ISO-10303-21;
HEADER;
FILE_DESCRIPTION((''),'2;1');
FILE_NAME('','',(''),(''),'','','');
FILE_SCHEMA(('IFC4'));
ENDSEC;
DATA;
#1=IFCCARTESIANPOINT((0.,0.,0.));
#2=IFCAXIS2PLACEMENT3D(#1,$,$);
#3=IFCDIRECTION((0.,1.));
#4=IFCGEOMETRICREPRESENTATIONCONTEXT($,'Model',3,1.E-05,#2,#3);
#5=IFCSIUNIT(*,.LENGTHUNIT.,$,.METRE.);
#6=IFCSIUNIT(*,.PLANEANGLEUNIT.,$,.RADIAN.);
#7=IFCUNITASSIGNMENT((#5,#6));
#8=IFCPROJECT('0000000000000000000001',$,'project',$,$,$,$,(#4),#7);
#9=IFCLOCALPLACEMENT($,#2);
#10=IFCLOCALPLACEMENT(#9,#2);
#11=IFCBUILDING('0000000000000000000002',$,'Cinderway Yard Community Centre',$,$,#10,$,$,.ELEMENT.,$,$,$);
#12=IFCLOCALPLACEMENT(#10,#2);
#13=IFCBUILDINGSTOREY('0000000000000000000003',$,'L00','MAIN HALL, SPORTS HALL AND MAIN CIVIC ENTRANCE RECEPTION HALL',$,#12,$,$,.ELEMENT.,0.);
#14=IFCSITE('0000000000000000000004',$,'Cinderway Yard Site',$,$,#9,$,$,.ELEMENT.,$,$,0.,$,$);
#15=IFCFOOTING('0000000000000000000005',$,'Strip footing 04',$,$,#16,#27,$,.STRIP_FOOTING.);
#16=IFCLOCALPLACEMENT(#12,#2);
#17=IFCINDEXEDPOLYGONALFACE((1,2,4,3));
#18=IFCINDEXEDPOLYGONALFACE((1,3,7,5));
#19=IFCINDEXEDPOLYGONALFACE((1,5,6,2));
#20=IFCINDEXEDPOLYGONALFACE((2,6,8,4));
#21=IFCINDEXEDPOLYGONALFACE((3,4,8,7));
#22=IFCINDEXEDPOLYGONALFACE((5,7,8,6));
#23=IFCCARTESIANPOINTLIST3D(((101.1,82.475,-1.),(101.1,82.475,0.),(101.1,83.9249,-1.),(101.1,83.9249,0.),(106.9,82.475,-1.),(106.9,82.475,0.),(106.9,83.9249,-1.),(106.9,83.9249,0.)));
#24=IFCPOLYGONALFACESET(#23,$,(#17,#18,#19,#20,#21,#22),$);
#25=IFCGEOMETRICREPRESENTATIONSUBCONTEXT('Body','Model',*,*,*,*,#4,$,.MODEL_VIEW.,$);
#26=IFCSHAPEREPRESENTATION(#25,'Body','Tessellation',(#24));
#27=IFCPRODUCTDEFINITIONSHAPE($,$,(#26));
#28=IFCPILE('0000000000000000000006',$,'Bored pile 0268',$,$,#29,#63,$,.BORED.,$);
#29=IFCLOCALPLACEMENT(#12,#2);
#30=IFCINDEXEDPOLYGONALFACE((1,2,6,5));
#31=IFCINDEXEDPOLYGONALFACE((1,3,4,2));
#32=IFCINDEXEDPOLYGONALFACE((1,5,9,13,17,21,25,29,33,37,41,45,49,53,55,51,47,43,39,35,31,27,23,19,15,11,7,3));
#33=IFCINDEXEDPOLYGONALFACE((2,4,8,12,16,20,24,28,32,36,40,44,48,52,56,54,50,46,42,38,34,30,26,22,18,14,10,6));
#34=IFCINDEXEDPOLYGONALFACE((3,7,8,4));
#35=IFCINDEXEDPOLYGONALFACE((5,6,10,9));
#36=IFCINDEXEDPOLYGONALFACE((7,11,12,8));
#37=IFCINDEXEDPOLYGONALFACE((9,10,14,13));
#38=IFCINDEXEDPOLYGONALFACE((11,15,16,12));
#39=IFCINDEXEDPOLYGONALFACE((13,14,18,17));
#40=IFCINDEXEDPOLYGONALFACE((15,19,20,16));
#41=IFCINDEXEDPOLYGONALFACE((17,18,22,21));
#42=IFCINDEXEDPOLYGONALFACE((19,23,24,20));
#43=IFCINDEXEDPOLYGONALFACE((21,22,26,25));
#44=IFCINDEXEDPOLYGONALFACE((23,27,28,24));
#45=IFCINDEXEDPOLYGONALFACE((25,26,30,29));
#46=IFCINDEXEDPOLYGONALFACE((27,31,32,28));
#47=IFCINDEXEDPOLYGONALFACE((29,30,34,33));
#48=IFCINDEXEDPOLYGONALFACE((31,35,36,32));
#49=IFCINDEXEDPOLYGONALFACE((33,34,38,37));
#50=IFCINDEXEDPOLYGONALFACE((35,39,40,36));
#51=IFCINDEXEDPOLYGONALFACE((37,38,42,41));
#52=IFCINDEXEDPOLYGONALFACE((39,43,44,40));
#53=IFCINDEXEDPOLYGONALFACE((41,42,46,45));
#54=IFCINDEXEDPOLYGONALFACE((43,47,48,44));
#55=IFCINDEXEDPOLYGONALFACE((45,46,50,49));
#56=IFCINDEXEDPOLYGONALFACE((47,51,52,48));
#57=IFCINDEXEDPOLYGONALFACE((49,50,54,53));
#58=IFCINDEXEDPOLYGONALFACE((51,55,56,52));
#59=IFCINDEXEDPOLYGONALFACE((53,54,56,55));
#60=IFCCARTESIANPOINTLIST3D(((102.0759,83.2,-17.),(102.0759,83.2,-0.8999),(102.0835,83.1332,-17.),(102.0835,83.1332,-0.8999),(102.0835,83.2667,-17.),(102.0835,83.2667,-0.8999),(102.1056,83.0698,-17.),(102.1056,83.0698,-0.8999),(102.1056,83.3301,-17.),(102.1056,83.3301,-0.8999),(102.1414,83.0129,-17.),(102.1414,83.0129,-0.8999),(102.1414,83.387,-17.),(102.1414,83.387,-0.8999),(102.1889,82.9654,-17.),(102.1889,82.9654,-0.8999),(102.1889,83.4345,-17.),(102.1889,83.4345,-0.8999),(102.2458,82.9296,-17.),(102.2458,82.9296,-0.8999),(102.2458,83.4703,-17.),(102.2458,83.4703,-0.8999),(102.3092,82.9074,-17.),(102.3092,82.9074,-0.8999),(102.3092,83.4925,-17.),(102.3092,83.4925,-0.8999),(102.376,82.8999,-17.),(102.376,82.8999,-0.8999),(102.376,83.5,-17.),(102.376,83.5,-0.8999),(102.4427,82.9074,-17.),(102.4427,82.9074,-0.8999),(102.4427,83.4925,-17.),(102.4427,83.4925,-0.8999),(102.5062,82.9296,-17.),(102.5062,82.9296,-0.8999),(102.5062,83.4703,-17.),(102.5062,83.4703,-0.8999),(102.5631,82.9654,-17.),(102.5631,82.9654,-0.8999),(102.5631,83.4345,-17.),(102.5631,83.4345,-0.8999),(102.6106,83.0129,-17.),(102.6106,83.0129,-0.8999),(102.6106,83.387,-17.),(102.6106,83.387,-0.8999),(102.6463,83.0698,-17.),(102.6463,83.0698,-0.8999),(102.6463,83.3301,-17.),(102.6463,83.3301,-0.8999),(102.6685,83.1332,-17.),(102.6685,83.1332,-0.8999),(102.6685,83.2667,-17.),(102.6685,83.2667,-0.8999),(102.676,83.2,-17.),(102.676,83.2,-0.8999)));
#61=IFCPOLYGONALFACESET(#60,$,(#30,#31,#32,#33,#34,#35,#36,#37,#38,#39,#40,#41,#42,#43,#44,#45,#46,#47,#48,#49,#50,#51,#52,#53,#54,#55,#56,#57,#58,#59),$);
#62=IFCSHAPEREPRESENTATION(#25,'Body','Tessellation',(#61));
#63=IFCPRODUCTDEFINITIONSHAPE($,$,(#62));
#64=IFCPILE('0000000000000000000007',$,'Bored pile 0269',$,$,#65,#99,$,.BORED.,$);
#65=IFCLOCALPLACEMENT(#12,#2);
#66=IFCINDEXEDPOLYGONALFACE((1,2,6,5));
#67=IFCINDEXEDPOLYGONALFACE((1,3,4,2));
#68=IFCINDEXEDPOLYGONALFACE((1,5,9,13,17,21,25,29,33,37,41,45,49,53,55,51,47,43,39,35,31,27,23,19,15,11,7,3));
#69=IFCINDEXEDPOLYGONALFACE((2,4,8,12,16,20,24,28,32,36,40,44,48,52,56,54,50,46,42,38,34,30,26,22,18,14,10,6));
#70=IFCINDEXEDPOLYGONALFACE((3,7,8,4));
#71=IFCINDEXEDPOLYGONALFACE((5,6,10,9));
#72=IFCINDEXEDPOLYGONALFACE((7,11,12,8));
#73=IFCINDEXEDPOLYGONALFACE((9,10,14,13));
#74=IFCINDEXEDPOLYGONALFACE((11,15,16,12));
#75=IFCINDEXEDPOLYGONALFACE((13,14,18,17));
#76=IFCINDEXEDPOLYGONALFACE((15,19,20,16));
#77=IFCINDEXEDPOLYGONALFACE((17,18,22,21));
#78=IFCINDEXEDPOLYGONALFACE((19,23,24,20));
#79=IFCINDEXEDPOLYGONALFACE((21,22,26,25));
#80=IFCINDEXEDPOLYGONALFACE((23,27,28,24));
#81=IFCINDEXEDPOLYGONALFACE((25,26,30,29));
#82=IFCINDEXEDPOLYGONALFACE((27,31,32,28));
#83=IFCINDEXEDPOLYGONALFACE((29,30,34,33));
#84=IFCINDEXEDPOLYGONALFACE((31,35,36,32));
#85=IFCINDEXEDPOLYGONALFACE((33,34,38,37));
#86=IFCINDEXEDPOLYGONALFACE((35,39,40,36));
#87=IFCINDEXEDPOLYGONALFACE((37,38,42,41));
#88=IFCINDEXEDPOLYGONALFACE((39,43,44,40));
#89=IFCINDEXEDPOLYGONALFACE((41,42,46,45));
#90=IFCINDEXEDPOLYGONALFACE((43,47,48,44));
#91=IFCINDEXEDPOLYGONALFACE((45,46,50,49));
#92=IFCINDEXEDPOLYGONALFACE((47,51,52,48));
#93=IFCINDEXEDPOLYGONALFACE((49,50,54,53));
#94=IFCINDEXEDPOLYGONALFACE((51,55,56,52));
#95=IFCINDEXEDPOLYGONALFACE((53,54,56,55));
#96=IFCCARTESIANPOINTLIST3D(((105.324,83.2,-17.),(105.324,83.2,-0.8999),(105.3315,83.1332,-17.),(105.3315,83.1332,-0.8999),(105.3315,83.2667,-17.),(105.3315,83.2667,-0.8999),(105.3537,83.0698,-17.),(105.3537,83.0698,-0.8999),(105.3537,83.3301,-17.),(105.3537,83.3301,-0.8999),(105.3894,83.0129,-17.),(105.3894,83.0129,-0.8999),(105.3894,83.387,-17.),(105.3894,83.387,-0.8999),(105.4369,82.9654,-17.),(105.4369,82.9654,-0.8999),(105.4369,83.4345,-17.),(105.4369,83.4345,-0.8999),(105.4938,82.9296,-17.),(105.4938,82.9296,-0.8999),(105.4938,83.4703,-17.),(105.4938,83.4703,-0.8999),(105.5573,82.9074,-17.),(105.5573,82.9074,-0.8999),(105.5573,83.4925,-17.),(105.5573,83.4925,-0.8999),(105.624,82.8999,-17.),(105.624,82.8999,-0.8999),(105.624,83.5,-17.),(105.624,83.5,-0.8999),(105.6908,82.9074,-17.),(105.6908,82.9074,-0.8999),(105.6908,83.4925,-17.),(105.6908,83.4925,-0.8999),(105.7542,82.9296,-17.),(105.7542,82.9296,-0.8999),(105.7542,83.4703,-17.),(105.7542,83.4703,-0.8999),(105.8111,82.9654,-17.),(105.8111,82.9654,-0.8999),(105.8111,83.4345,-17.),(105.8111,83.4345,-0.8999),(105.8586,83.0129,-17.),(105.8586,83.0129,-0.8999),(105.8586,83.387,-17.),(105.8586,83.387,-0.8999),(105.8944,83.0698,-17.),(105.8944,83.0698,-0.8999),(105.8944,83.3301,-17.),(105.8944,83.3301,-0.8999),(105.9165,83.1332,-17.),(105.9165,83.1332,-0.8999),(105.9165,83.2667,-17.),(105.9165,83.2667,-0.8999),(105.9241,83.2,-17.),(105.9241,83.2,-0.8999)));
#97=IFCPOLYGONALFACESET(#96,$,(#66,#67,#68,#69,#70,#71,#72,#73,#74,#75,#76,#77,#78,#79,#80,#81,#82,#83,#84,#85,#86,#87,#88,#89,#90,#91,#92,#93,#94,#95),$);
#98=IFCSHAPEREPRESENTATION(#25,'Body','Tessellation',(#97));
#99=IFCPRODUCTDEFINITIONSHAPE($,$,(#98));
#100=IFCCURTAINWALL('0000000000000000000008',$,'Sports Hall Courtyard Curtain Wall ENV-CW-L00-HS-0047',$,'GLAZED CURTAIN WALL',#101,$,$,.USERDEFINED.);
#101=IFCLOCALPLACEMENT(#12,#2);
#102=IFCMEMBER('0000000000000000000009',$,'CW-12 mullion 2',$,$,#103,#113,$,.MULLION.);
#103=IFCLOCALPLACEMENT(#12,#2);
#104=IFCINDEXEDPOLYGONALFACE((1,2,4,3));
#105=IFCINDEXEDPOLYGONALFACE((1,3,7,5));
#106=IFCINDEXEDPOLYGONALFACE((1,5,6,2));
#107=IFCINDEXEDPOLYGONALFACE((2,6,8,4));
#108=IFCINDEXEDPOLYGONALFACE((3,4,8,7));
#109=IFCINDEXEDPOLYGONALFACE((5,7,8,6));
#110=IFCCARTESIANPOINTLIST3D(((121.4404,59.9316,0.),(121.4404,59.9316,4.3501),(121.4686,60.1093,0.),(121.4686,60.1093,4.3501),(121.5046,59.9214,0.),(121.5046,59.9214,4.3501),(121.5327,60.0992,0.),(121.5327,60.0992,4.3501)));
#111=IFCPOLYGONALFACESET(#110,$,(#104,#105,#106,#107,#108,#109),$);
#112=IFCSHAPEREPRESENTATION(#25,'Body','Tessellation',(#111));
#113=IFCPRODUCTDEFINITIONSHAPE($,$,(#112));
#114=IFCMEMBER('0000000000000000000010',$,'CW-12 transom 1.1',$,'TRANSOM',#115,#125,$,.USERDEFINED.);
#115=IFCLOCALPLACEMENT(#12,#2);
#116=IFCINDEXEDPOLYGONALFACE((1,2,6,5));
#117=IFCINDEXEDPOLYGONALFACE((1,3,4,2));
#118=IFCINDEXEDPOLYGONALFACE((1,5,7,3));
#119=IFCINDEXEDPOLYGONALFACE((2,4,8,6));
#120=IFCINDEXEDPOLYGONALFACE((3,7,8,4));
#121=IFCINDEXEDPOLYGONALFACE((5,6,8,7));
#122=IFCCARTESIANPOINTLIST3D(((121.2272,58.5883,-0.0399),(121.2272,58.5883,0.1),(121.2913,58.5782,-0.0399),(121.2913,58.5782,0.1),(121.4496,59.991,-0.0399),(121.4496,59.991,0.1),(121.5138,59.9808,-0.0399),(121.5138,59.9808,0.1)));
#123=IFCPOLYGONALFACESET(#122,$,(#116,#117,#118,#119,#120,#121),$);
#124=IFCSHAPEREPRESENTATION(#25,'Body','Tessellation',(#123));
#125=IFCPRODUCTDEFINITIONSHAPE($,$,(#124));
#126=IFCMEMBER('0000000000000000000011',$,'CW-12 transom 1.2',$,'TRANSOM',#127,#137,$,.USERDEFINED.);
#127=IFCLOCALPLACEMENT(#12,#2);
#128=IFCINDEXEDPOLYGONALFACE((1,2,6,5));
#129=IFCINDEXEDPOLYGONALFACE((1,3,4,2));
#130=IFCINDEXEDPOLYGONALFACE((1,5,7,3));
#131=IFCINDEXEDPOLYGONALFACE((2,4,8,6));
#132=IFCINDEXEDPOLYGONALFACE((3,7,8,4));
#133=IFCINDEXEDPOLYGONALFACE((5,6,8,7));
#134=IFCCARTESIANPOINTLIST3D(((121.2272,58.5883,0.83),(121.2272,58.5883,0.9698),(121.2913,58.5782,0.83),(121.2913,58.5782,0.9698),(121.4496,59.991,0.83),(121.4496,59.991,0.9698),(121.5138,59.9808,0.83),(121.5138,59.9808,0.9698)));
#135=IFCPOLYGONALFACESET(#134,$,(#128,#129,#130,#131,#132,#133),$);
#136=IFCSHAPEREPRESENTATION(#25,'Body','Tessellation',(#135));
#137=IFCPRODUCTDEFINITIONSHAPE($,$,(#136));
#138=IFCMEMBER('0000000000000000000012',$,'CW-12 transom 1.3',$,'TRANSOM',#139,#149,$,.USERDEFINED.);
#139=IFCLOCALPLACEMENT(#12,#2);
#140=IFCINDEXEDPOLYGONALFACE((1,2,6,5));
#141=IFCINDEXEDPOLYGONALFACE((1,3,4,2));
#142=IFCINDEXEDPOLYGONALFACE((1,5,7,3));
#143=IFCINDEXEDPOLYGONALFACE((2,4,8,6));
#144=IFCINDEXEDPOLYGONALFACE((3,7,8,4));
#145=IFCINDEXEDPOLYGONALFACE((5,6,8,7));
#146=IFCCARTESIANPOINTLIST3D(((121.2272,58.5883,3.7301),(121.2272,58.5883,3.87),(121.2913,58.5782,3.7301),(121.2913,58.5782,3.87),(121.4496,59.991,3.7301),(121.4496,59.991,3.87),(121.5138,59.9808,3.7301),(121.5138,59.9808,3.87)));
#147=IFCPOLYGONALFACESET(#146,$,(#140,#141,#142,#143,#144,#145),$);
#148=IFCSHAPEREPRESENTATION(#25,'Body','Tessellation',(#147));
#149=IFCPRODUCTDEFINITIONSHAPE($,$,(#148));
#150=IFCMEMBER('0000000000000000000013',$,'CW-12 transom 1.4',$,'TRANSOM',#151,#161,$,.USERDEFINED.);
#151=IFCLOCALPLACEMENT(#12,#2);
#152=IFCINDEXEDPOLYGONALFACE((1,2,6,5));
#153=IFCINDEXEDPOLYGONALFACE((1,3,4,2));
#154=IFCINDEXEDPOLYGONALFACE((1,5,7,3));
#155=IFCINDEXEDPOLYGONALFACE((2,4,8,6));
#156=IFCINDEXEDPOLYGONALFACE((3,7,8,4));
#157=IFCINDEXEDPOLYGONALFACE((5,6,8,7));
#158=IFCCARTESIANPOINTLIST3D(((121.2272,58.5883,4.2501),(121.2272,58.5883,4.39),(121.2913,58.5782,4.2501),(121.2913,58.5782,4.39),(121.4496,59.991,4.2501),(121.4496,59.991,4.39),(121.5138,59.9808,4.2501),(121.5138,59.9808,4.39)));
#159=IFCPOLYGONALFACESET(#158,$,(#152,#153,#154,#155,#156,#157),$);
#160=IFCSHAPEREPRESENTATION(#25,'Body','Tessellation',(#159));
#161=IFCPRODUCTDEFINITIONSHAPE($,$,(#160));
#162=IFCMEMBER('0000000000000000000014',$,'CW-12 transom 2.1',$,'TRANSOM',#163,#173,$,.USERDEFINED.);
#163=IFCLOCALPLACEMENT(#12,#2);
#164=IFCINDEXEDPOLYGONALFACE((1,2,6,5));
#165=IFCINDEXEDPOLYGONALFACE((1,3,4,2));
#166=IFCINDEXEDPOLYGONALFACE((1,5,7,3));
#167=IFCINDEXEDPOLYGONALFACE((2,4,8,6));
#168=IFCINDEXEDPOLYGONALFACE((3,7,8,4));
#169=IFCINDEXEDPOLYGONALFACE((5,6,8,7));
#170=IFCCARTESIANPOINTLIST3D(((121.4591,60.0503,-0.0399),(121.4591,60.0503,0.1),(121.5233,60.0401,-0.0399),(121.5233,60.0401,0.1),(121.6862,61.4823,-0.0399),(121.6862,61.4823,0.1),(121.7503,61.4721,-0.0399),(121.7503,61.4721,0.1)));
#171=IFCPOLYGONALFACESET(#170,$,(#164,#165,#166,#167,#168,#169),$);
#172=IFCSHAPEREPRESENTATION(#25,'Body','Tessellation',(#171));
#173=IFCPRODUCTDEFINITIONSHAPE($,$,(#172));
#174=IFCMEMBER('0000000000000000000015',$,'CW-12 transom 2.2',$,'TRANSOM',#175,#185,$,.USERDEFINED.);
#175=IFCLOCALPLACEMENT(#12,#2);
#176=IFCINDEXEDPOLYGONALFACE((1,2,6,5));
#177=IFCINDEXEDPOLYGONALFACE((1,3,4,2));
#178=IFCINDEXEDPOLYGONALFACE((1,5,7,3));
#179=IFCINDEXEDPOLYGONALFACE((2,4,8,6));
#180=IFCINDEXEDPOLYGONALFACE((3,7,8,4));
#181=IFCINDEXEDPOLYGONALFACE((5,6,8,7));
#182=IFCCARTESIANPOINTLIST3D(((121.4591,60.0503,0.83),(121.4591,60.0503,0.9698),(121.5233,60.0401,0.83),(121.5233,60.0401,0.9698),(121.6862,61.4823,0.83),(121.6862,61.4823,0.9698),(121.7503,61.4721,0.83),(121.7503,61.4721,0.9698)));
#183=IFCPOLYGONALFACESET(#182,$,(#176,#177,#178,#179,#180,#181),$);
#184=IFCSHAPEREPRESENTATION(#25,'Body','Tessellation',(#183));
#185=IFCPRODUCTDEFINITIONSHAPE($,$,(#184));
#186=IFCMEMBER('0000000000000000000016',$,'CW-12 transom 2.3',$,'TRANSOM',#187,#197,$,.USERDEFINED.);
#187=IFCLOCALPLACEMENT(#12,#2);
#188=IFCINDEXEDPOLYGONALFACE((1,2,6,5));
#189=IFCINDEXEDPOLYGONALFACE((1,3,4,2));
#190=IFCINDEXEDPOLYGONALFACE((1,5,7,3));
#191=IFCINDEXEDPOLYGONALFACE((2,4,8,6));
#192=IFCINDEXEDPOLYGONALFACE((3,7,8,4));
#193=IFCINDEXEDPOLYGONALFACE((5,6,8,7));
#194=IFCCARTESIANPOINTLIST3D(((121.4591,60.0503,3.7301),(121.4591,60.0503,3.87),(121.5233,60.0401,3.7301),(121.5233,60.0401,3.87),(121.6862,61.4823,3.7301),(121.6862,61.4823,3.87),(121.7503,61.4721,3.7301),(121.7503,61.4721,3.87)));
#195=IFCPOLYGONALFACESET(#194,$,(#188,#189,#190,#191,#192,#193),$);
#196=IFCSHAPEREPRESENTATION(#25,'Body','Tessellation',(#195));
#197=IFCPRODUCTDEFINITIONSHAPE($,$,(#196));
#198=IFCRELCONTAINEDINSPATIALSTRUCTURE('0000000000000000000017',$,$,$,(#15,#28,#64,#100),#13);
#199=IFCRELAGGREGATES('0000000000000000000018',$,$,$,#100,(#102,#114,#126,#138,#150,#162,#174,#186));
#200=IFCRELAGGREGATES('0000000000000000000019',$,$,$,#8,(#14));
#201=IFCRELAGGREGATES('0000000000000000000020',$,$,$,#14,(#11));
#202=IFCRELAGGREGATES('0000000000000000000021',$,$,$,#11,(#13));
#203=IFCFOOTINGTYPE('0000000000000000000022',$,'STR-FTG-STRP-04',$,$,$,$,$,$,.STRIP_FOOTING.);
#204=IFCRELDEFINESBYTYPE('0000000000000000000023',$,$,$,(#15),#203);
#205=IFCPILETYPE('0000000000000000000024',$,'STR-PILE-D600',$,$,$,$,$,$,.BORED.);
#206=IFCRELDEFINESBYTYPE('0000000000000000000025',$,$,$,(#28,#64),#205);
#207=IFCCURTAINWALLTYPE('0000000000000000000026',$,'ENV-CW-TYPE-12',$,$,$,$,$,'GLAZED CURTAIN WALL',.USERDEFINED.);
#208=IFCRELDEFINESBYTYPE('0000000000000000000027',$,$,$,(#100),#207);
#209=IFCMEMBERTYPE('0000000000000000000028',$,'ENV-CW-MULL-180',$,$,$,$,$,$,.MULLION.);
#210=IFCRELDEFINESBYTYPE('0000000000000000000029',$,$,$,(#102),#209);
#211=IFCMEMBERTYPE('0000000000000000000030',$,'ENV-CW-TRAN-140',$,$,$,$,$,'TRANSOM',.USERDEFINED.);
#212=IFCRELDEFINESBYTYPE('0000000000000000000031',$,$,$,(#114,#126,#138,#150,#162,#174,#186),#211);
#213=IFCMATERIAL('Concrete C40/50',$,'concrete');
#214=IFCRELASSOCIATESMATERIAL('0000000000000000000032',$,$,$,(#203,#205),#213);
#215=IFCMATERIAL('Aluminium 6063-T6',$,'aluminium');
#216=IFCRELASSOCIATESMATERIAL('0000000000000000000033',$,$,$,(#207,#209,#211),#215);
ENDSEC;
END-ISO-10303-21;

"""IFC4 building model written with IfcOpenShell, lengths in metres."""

from ifc_helpers import new_model, si_unit, direction, frame, origin, origin_2d, place, context, subcontext, project, spatial, rectangle, circle, extrude, material, material_profile, profile_set, type_object, element, aggregate, save


model = new_model("IFC4")

# Units and contexts
model_context = context("Model", 3, precision=1e-05, world=origin(), true_north=direction((0.0, 1.0)))
body_context = subcontext(model_context, "Body", "Model", "MODEL_VIEW")
ifc_project = project(units=[si_unit("LENGTHUNIT", "METRE"), si_unit("PLANEANGLEUNIT", "RADIAN")], contexts=[model_context])

# Site, building, storey
site_placement = place(None, origin())
site = spatial("IfcSite", under=ifc_project, at=site_placement, Name="Cinderway Yard Site", CompositionType="ELEMENT", RefElevation=0.0)
building_placement = place(site_placement, origin())
building = spatial("IfcBuilding", under=site, at=building_placement, Name="Cinderway Yard Community Centre", CompositionType="ELEMENT")
storey_placement = place(building_placement, origin())
storey = spatial("IfcBuildingStorey", under=building, at=storey_placement, Name="L00", Description="MAIN HALL, SPORTS HALL AND MAIN CIVIC ENTRANCE RECEPTION HALL", CompositionType="ELEMENT", Elevation=0.0)

# Footing
ifc_material_1 = material(Name="Concrete C40/50", Category="concrete")
footing_type = type_object("IfcFootingType", Name="STR-FTG-STRP-04", PredefinedType="STRIP_FOOTING", material=ifc_material_1)
footing_placement = place(storey_placement, frame((104.0, 83.2, -1.0), z_axis=(0.0, 0.0, 1.0), x_axis=(1.0, 0.0, 0.0)))
element("IfcFooting", 1, at=footing_placement, inside=storey, type_object=footing_type, Name="Strip footing 04", PredefinedType="STRIP_FOOTING", context=body_context, shape_type="SweptSolid", body=[
    extrude(rectangle(XDim=5.8, YDim=1.45, at=origin_2d()), origin(), (0.0, 0.0, 1.0), 1.0),
])

# Piles
ifc_material_profile_1 = material_profile(ifc_material_1, circle(Radius=0.3, at=origin_2d()), Name="Concrete C40/50")
ifc_profile_set_1 = profile_set([ifc_material_profile_1], Name="Concrete C40/50")
pile_type = type_object("IfcPileType", Name="STR-PILE-D600", PredefinedType="BORED", material=ifc_profile_set_1)
for number, where, z_axis, x_axis, name in (
    (2, (102.376, 83.2, -0.8999), (0.0, 0.0, -1.0), (1.0, 0.0, 0.0), "Bored pile 0268"),
    (3, (105.624, 83.2, -0.8999), (0.0, 0.0, -1.0), (1.0, 0.0, 0.0), "Bored pile 0269"),
):
    element("IfcPile", number, at=place(storey_placement, frame(where, z_axis=z_axis, x_axis=x_axis)), inside=storey, type_object=pile_type, Name=name, PredefinedType="BORED", context=body_context, shape_type="SweptSolid", body=[
        extrude(circle(Radius=0.3, at=origin_2d()), origin(), (0.0, 0.0, 1.0), 16.1001),
    ])

# Curtain wall, members
ifc_material_2 = material(Name="Aluminium 6063-T6", Category="aluminium")
curtain_wall_type = type_object("IfcCurtainWallType", Name="ENV-CW-TYPE-12", ElementType="GLAZED CURTAIN WALL", PredefinedType="USERDEFINED", material=ifc_material_2)
curtain_wall_placement = place(storey_placement, origin())
curtain_wall = element("IfcCurtainWall", 4, at=curtain_wall_placement, inside=storey, type_object=curtain_wall_type, Name="Sports Hall Courtyard Curtain Wall ENV-CW-L00-HS-0047", ObjectType="GLAZED CURTAIN WALL", PredefinedType="USERDEFINED")
ifc_material_profile_2 = material_profile(ifc_material_2, rectangle(XDim=0.0649, YDim=0.1799, at=origin_2d()), Name="Aluminium 6063-T6")
ifc_profile_set_2 = profile_set([ifc_material_profile_2], Name="Aluminium 6063-T6")
member_type_1 = type_object("IfcMemberType", Name="ENV-CW-MULL-180", PredefinedType="MULLION", material=ifc_profile_set_2)
member_1_placement = place(storey_placement, frame((121.4866, 60.0154, 0.0), z_axis=(0.0, 0.0, 1.0), x_axis=(-0.987661, 0.156609, 0.0)))
member_1 = element("IfcMember", 5, at=member_1_placement, type_object=member_type_1, Name="CW-12 mullion 2", PredefinedType="MULLION", context=body_context, shape_type="SweptSolid", body=[
    extrude(rectangle(XDim=0.0649, YDim=0.1799, at=origin_2d()), origin(), (0.0, 0.0, 1.0), 4.3501),
])
ifc_material_profile_3 = material_profile(ifc_material_2, rectangle(XDim=0.0649, YDim=0.1399, at=origin_2d()), Name="Aluminium 6063-T6")
ifc_profile_set_3 = profile_set([ifc_material_profile_3], Name="Aluminium 6063-T6")
member_type_2 = type_object("IfcMemberType", Name="ENV-CW-TRAN-140", ElementType="TRANSOM", PredefinedType="USERDEFINED", material=ifc_profile_set_3)
member_2_placement = place(storey_placement, frame((121.2593, 58.5833, 0.03), z_axis=(0.156616, 0.98766, 0.0), x_axis=(-0.98766, 0.156616, 0.0)))
member_2 = element("IfcMember", 6, at=member_2_placement, type_object=member_type_2, Name="CW-12 transom 1.1", ObjectType="TRANSOM", PredefinedType="USERDEFINED", context=body_context, shape_type="SweptSolid", body=[
    extrude(rectangle(XDim=0.0649, YDim=0.1399, at=origin_2d()), origin(), (0.0, 0.0, 1.0), 1.4202),
])
member_3_placement = place(storey_placement, frame((121.2593, 58.5833, 0.8999), z_axis=(0.156616, 0.98766, 0.0), x_axis=(-0.98766, 0.156616, 0.0)))
member_3 = element("IfcMember", 7, at=member_3_placement, type_object=member_type_2, Name="CW-12 transom 1.2", ObjectType="TRANSOM", PredefinedType="USERDEFINED", context=body_context, shape_type="SweptSolid", body=[
    extrude(rectangle(XDim=0.0649, YDim=0.1399, at=origin_2d()), origin(), (0.0, 0.0, 1.0), 1.4202),
])
member_4_placement = place(storey_placement, frame((121.2593, 58.5833, 3.8), z_axis=(0.156616, 0.98766, 0.0), x_axis=(-0.98766, 0.156616, 0.0)))
member_4 = element("IfcMember", 8, at=member_4_placement, type_object=member_type_2, Name="CW-12 transom 1.3", ObjectType="TRANSOM", PredefinedType="USERDEFINED", context=body_context, shape_type="SweptSolid", body=[
    extrude(rectangle(XDim=0.0649, YDim=0.1399, at=origin_2d()), origin(), (0.0, 0.0, 1.0), 1.4202),
])
member_5_placement = place(storey_placement, frame((121.2593, 58.5833, 4.3201), z_axis=(0.156616, 0.98766, 0.0), x_axis=(-0.98766, 0.156616, 0.0)))
member_5 = element("IfcMember", 9, at=member_5_placement, type_object=member_type_2, Name="CW-12 transom 1.4", ObjectType="TRANSOM", PredefinedType="USERDEFINED", context=body_context, shape_type="SweptSolid", body=[
    extrude(rectangle(XDim=0.0649, YDim=0.1399, at=origin_2d()), origin(), (0.0, 0.0, 1.0), 1.4202),
])
member_6_placement = place(storey_placement, frame((121.4912, 60.0452, 0.03), z_axis=(0.156585, 0.987664, 0.0), x_axis=(-0.987664, 0.156585, 0.0)))
member_6 = element("IfcMember", 10, at=member_6_placement, type_object=member_type_2, Name="CW-12 transom 2.1", ObjectType="TRANSOM", PredefinedType="USERDEFINED", context=body_context, shape_type="SweptSolid", body=[
    extrude(rectangle(XDim=0.0649, YDim=0.1399, at=origin_2d()), origin(), (0.0, 0.0, 1.0), 1.45),
])
member_7_placement = place(storey_placement, frame((121.4912, 60.0452, 0.8999), z_axis=(0.156585, 0.987664, 0.0), x_axis=(-0.987664, 0.156585, 0.0)))
member_7 = element("IfcMember", 11, at=member_7_placement, type_object=member_type_2, Name="CW-12 transom 2.2", ObjectType="TRANSOM", PredefinedType="USERDEFINED", context=body_context, shape_type="SweptSolid", body=[
    extrude(rectangle(XDim=0.0649, YDim=0.1399, at=origin_2d()), origin(), (0.0, 0.0, 1.0), 1.45),
])
member_8_placement = place(storey_placement, frame((121.4912, 60.0452, 3.8), z_axis=(0.156585, 0.987664, 0.0), x_axis=(-0.987664, 0.156585, 0.0)))
member_8 = element("IfcMember", 12, at=member_8_placement, type_object=member_type_2, Name="CW-12 transom 2.3", ObjectType="TRANSOM", PredefinedType="USERDEFINED", context=body_context, shape_type="SweptSolid", body=[
    extrude(rectangle(XDim=0.0649, YDim=0.1399, at=origin_2d()), origin(), (0.0, 0.0, 1.0), 1.45),
])

aggregate(curtain_wall, [member_1, member_2, member_3, member_4, member_5, member_6, member_7, member_8])

save(model, "model.ifc")
